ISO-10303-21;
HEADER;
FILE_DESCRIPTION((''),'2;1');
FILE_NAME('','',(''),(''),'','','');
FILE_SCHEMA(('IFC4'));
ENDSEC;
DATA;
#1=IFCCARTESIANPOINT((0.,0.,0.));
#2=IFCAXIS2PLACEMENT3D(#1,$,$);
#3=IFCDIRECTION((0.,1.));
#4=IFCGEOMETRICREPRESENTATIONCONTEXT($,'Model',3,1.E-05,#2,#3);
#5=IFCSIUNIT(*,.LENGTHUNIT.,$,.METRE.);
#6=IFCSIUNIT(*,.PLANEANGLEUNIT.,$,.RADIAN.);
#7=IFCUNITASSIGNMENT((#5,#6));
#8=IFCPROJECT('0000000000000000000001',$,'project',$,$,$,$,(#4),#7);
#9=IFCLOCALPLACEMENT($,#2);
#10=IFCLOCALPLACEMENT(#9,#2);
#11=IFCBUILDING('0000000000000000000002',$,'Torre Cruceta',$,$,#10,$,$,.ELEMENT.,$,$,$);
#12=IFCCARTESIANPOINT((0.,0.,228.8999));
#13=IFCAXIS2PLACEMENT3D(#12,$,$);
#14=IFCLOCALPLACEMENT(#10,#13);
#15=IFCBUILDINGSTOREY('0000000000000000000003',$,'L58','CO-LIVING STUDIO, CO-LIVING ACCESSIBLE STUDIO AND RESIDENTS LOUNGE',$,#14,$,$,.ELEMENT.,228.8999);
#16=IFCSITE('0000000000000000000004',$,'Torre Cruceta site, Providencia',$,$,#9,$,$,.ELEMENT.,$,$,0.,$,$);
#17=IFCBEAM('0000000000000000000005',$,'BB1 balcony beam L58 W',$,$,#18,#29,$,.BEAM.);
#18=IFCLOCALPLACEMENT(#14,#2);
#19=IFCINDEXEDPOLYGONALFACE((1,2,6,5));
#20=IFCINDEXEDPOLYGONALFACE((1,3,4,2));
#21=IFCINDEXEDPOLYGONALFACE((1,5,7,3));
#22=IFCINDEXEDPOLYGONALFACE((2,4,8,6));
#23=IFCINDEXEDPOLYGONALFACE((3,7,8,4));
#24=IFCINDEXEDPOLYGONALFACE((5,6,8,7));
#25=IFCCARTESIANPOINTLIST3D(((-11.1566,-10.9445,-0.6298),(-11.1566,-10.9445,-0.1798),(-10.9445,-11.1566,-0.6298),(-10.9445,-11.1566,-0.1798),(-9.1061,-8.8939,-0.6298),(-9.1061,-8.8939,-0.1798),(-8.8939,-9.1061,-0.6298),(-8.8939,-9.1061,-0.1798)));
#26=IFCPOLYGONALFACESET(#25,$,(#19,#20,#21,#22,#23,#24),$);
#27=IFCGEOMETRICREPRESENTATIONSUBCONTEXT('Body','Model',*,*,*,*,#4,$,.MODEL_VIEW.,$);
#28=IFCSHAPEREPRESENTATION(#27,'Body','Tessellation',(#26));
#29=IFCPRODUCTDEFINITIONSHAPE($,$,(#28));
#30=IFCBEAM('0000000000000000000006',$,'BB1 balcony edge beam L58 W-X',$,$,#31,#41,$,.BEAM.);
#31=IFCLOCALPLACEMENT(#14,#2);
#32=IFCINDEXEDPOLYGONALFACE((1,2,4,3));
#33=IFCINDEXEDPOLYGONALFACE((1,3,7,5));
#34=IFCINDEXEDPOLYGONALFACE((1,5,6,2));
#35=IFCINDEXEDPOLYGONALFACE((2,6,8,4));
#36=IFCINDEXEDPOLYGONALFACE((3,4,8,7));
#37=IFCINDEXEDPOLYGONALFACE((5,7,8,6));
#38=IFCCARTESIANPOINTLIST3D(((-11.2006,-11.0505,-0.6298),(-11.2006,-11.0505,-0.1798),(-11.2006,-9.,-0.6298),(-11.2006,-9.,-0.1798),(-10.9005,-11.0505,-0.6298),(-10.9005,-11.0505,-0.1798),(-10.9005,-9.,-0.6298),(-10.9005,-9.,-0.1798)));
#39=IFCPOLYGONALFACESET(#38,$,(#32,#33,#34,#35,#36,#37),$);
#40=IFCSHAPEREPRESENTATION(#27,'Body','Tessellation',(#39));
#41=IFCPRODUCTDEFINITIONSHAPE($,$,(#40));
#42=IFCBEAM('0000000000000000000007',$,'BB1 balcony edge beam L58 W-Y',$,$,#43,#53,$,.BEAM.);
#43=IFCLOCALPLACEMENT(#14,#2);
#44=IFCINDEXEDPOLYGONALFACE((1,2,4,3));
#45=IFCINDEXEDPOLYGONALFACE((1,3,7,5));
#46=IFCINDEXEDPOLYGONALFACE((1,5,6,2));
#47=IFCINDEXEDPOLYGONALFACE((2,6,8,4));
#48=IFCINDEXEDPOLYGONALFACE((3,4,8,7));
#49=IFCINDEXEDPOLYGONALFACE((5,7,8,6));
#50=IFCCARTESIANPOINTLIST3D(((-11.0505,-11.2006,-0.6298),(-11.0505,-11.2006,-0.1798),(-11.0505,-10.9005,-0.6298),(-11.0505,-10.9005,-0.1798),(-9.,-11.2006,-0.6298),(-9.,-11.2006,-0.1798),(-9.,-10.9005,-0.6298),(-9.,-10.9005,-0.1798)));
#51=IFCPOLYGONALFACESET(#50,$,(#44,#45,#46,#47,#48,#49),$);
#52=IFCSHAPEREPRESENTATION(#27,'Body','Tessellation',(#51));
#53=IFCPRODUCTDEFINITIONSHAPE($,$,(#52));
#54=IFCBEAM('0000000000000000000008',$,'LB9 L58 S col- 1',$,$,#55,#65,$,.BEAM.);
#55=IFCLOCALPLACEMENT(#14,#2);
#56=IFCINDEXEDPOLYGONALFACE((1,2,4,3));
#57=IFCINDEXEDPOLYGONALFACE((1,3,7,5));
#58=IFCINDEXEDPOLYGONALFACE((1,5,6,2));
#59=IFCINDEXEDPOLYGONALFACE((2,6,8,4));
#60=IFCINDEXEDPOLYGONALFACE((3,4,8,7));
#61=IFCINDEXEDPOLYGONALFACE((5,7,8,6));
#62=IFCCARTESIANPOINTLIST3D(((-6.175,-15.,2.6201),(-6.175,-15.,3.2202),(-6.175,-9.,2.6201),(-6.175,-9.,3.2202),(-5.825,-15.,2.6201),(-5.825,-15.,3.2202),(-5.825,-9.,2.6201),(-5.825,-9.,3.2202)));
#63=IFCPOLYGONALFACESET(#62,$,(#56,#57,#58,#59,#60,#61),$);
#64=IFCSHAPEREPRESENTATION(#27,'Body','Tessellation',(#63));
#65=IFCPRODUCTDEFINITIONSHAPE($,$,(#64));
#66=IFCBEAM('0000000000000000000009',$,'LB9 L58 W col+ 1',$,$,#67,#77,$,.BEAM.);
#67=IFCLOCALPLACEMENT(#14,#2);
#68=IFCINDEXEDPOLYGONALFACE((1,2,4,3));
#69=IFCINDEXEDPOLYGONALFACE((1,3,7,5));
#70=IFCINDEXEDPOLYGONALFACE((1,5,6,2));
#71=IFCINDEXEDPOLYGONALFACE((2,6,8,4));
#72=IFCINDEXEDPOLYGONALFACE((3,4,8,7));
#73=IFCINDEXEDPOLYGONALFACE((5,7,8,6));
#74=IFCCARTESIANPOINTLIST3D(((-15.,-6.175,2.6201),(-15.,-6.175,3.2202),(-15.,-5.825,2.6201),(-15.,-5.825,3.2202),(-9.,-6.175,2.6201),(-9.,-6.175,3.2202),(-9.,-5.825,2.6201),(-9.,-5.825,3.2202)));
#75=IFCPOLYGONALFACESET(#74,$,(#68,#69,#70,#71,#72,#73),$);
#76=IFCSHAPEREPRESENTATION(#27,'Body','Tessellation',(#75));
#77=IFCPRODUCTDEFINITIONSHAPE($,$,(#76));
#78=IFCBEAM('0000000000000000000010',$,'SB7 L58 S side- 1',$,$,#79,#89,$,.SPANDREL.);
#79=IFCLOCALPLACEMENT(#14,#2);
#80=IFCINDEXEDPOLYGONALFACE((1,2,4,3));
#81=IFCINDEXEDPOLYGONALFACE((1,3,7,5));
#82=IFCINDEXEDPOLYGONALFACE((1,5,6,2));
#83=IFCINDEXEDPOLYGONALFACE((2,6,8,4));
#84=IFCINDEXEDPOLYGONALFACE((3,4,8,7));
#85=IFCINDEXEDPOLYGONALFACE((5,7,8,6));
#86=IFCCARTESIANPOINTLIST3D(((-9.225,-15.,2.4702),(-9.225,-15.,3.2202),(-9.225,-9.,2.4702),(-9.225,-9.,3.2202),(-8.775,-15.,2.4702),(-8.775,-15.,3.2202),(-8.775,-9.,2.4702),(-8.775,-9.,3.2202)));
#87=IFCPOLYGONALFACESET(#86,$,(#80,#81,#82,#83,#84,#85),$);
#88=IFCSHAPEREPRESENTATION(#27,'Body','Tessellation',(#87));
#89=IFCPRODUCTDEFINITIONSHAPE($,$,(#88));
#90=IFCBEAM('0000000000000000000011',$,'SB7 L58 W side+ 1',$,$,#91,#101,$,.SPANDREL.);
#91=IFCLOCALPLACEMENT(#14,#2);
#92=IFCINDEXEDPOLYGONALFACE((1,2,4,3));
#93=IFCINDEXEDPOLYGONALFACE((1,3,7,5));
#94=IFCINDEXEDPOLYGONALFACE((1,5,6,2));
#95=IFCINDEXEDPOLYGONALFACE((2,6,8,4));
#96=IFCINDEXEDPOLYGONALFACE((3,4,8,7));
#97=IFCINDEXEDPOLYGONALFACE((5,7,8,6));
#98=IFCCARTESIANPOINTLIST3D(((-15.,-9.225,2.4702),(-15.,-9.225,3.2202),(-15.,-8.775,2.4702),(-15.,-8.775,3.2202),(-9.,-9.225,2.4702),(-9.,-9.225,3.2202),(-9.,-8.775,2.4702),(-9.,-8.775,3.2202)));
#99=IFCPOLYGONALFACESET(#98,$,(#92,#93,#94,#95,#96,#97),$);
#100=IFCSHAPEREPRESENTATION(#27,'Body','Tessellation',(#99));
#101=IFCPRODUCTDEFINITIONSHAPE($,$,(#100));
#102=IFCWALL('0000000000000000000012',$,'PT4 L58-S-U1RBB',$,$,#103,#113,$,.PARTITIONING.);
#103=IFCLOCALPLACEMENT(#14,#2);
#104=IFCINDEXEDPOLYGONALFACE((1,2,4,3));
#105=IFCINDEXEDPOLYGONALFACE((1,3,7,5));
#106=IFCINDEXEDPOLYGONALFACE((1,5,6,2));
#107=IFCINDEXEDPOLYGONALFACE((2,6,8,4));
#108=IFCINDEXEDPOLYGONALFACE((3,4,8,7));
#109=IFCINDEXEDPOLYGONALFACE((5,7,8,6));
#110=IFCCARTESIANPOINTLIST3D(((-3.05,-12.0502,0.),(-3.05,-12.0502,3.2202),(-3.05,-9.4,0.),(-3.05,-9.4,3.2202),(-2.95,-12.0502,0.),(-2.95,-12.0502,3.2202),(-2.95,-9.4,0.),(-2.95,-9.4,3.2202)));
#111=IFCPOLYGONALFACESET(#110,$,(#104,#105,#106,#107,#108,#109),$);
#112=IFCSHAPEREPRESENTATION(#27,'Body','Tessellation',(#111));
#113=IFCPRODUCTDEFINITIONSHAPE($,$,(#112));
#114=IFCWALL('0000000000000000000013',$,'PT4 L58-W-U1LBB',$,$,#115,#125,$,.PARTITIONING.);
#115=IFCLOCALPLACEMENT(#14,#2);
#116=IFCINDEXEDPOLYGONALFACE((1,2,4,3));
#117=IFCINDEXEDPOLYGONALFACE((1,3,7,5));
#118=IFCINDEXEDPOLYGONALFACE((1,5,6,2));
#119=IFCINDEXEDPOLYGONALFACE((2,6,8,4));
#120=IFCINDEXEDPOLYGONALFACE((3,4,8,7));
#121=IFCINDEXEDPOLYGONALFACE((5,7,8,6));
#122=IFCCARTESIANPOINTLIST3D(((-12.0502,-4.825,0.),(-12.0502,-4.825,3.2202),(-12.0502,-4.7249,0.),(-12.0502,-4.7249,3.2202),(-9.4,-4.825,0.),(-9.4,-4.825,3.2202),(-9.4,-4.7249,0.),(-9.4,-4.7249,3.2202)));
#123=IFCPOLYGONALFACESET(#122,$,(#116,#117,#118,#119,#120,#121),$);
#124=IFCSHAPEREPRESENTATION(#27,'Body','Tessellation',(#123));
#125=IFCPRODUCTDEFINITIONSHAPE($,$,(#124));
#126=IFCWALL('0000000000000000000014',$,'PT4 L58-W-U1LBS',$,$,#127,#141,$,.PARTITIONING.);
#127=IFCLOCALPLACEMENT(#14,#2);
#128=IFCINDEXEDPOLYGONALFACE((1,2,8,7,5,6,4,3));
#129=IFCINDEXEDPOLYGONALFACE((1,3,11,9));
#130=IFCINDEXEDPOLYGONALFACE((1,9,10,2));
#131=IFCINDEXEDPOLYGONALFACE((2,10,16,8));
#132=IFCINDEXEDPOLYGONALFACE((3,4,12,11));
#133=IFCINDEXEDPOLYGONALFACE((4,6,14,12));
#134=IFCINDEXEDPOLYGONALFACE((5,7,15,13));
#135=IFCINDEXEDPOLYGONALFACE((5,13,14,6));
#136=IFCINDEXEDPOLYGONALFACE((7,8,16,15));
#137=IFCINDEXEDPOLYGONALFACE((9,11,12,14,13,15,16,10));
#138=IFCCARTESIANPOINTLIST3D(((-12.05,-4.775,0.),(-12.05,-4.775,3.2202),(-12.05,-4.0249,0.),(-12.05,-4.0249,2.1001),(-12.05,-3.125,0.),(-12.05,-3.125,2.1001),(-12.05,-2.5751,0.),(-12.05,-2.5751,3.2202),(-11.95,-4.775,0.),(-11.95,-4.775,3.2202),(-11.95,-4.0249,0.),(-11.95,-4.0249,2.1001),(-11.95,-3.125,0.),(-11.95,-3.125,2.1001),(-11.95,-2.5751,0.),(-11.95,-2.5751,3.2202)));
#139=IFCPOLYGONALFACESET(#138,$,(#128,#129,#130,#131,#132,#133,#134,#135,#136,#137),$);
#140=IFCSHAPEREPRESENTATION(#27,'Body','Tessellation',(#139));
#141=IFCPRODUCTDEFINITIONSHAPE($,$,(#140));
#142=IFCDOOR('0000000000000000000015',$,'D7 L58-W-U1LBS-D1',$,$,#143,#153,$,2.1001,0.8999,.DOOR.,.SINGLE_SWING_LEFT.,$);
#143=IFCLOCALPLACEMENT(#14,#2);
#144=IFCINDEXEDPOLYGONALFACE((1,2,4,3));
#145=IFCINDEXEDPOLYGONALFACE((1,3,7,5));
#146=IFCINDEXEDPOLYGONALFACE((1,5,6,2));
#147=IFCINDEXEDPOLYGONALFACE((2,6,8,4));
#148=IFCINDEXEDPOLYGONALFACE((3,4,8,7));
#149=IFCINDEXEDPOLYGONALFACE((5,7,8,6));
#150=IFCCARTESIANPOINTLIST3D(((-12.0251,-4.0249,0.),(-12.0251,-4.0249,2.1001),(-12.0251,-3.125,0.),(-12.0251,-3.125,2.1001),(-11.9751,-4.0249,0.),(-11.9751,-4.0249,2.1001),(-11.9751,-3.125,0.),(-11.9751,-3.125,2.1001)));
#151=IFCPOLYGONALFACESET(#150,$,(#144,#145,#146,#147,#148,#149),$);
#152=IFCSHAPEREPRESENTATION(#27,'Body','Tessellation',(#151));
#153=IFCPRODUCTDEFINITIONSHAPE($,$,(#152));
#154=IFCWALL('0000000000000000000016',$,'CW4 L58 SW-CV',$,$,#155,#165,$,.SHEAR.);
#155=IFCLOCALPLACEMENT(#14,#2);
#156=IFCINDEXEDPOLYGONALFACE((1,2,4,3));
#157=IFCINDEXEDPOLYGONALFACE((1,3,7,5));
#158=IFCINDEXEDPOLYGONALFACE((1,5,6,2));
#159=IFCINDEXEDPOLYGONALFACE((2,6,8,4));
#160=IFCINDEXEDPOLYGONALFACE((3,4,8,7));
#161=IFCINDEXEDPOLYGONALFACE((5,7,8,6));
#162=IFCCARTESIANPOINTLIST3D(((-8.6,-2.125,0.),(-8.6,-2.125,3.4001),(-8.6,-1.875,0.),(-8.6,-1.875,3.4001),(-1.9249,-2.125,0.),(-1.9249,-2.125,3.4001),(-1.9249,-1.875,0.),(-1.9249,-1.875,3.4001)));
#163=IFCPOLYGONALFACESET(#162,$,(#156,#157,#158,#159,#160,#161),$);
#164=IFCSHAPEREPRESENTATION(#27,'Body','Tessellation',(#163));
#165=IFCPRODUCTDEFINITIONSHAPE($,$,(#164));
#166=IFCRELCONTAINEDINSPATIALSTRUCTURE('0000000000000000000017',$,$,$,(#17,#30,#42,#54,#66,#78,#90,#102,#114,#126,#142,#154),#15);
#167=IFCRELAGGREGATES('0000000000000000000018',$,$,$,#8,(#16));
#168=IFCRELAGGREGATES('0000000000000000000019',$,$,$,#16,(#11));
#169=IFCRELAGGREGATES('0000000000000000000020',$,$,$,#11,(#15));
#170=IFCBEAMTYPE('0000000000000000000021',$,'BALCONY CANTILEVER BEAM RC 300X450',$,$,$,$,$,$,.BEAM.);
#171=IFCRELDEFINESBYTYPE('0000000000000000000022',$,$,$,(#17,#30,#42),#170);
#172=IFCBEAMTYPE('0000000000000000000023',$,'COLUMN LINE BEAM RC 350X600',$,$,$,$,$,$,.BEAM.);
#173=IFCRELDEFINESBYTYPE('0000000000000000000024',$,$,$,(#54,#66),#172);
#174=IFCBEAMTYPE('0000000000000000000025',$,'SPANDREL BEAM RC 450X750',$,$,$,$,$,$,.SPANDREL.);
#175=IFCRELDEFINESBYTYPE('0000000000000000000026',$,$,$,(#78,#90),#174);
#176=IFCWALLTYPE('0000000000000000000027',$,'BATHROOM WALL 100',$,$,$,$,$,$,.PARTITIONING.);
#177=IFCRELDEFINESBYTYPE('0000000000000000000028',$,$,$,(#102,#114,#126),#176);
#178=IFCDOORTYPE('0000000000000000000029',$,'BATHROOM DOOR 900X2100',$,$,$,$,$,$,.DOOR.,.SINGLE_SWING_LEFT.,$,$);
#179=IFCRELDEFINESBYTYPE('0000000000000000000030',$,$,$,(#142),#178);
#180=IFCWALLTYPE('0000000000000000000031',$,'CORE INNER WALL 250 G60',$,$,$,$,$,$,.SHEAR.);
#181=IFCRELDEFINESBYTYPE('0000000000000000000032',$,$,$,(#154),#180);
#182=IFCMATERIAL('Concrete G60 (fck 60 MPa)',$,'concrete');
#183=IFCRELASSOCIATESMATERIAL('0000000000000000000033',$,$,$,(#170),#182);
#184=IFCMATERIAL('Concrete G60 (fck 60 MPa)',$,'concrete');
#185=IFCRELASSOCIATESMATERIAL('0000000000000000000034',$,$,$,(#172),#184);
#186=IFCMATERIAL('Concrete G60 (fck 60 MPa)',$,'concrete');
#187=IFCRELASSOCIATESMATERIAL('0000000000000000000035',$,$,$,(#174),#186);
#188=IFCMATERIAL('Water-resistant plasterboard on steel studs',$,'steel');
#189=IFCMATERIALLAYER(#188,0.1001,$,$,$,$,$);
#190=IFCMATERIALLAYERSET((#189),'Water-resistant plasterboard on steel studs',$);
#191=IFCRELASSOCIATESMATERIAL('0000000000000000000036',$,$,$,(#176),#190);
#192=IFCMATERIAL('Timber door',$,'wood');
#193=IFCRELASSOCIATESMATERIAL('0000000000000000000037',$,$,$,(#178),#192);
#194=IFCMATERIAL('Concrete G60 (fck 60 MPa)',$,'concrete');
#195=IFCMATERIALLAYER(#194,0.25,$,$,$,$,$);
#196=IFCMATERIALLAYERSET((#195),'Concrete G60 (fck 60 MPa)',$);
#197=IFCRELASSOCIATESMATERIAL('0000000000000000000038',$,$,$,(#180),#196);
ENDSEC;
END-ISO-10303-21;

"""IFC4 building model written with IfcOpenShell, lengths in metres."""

from ifc_helpers import new_model, si_unit, direction, frame, frame_2d, origin, origin_2d, place, context, subcontext, project, spatial, rectangle, extrude, material, layer, layer_set, material_profile, profile_set, type_object, element, fill, save


model = new_model("IFC4")

# Units and contexts
model_context = context("Model", 3, precision=1e-05, world=origin(), true_north=direction((0.0, 1.0)))
body_context = subcontext(model_context, "Body", "Model", "MODEL_VIEW")
ifc_project = project(units=[si_unit("LENGTHUNIT", "METRE"), si_unit("PLANEANGLEUNIT", "RADIAN")], contexts=[model_context])

# Site, building, storey
site_placement = place(None, origin())
site = spatial("IfcSite", under=ifc_project, at=site_placement, Name="Torre Cruceta site, Providencia", CompositionType="ELEMENT", RefElevation=0.0)
building_placement = place(site_placement, origin())
building = spatial("IfcBuilding", under=site, at=building_placement, Name="Torre Cruceta", CompositionType="ELEMENT")
storey_placement = place(building_placement, frame((0.0, 0.0, 228.8999)))
storey = spatial("IfcBuildingStorey", under=building, at=storey_placement, Name="L58", Description="CO-LIVING STUDIO, CO-LIVING ACCESSIBLE STUDIO AND RESIDENTS LOUNGE", CompositionType="ELEMENT", Elevation=228.8999)

# Beams
ifc_material_1 = material(Name="Concrete G60 (fck 60 MPa)", Category="concrete")
ifc_material_profile_1 = material_profile(ifc_material_1, rectangle(XDim=0.3, YDim=0.45, at=origin_2d()), Name="RC 300X450")
ifc_profile_set_1 = profile_set([ifc_material_profile_1], Name="Concrete G60 (fck 60 MPa)")
beam_type_1 = type_object("IfcBeamType", Name="BALCONY CANTILEVER BEAM RC 300X450", PredefinedType="BEAM", material=ifc_profile_set_1)
beam_placement = place(storey_placement, frame((-9.0, -9.0, -0.4048), z_axis=(-0.707107, -0.707107, 0.0), x_axis=(0.707107, -0.707107, 0.0)))
element("IfcBeam", 1, at=beam_placement, inside=storey, type_object=beam_type_1, Name="BB1 balcony beam L58 W", PredefinedType="BEAM", context=body_context, shape_type="SweptSolid", body=[
    extrude(rectangle(XDim=0.3, YDim=0.45, at=origin_2d()), origin(), (0.0, 0.0, 1.0), 2.8999),
])
for number, where, z_axis, x_axis, name in (
    (2, (-11.0505, -9.0, -0.4048), (0.0, -1.0, 0.0), (1.0, 0.0, 0.0), "BB1 balcony edge beam L58 W-X"),
    (3, (-9.0, -11.0505, -0.4048), (-1.0, 0.0, 0.0), (0.0, -1.0, 0.0), "BB1 balcony edge beam L58 W-Y"),
):
    element("IfcBeam", number, at=place(storey_placement, frame(where, z_axis=z_axis, x_axis=x_axis)), inside=storey, type_object=beam_type_1, Name=name, PredefinedType="BEAM", context=body_context, shape_type="SweptSolid", body=[
        extrude(rectangle(XDim=0.3, YDim=0.45, at=origin_2d()), origin(), (0.0, 0.0, 1.0), 2.0505),
    ])
ifc_material_2 = material(Name="Concrete G60 (fck 60 MPa)", Category="concrete")
ifc_material_profile_2 = material_profile(ifc_material_2, rectangle(XDim=0.3501, YDim=0.6001, at=origin_2d()), Name="RC 350X600")
ifc_profile_set_2 = profile_set([ifc_material_profile_2], Name="Concrete G60 (fck 60 MPa)")
beam_type_2 = type_object("IfcBeamType", Name="COLUMN LINE BEAM RC 350X600", PredefinedType="BEAM", material=ifc_profile_set_2)
for number, where, z_axis, x_axis, name in (
    (4, (-6.0, -9.0, 2.9202), (0.0, -1.0, 0.0), (1.0, 0.0, 0.0), "LB9 L58 S col- 1"),
    (5, (-9.0, -6.0, 2.9202), (-1.0, 0.0, 0.0), (0.0, -1.0, 0.0), "LB9 L58 W col+ 1"),
):
    element("IfcBeam", number, at=place(storey_placement, frame(where, z_axis=z_axis, x_axis=x_axis)), inside=storey, type_object=beam_type_2, Name=name, PredefinedType="BEAM", context=body_context, shape_type="SweptSolid", body=[
        extrude(rectangle(XDim=0.3501, YDim=0.6001, at=origin_2d()), origin(), (0.0, 0.0, 1.0), 6.0),
    ])
ifc_material_3 = material(Name="Concrete G60 (fck 60 MPa)", Category="concrete")
ifc_material_profile_3 = material_profile(ifc_material_3, rectangle(XDim=0.45, YDim=0.75, at=origin_2d()), Name="RC 450X750")
ifc_profile_set_3 = profile_set([ifc_material_profile_3], Name="Concrete G60 (fck 60 MPa)")
beam_type_3 = type_object("IfcBeamType", Name="SPANDREL BEAM RC 450X750", PredefinedType="SPANDREL", material=ifc_profile_set_3)
for number, where, z_axis, x_axis, name in (
    (6, (-9.0, -9.0, 2.8452), (0.0, -1.0, 0.0), (1.0, 0.0, 0.0), "SB7 L58 S side- 1"),
    (7, (-9.0, -9.0, 2.8452), (-1.0, 0.0, 0.0), (0.0, -1.0, 0.0), "SB7 L58 W side+ 1"),
):
    element("IfcBeam", number, at=place(storey_placement, frame(where, z_axis=z_axis, x_axis=x_axis)), inside=storey, type_object=beam_type_3, Name=name, PredefinedType="SPANDREL", context=body_context, shape_type="SweptSolid", body=[
        extrude(rectangle(XDim=0.45, YDim=0.75, at=origin_2d()), origin(), (0.0, 0.0, 1.0), 6.0),
    ])

# Walls
ifc_material_4 = material(Name="Water-resistant plasterboard on steel studs", Category="steel")
ifc_layer_1 = layer(ifc_material_4, 0.1001)
ifc_layer_set_1 = layer_set([ifc_layer_1], Name="Water-resistant plasterboard on steel studs")
wall_type_1 = type_object("IfcWallType", Name="BATHROOM WALL 100", PredefinedType="PARTITIONING", material=ifc_layer_set_1)
for number, where, z_axis, x_axis, name in (
    (8, (-3.0, -9.3999, 0.0), (0.0, 0.0, 1.0), (0.0, -1.0, 0.0), "PT4 L58-S-U1RBB"),
    (9, (-9.3999, -4.7749, 0.0), (0.0, 0.0, 1.0), (-1.0, 0.0, 0.0), "PT4 L58-W-U1LBB"),
):
    element("IfcWall", number, at=place(storey_placement, frame(where, z_axis=z_axis, x_axis=x_axis)), inside=storey, type_object=wall_type_1, Name=name, PredefinedType="PARTITIONING", context=body_context, shape_type="SweptSolid", body=[
        extrude(rectangle(XDim=2.6501, YDim=0.1001, at=frame_2d((1.3252, 0.0))), origin(), (0.0, 0.0, 1.0), 3.2202),
    ])

# Wall, opening, door
wall_1_placement = place(storey_placement, frame((-12.0, -2.575, 0.0), z_axis=(0.0, 0.0, 1.0), x_axis=(0.0, -1.0, 0.0)))
wall_1 = element("IfcWall", 10, at=wall_1_placement, inside=storey, type_object=wall_type_1, Name="PT4 L58-W-U1LBS", PredefinedType="PARTITIONING", context=body_context, shape_type="SweptSolid", body=[
    extrude(rectangle(XDim=2.2, YDim=0.1001, at=frame_2d((1.1001, 0.0))), origin(), (0.0, 0.0, 1.0), 3.2202),
])
opening_1_placement = place(wall_1_placement, frame((0.55, 0.0, 0.0)))
opening_1 = element("IfcOpeningElement", 11, at=opening_1_placement, cuts=wall_1, PredefinedType="OPENING", context=body_context, shape_type="SweptSolid", body=[
    extrude(rectangle(XDim=0.8999, YDim=2.1001, at=frame_2d((0.45, 1.05))), frame((0.0, 0.0601, 0.0), z_axis=(0.0, -1.0, 0.0), x_axis=(1.0, 0.0, 0.0)), (0.0, 0.0, 1.0), 0.1201),
])
ifc_material_5 = material(Name="Timber door", Category="wood")
door_type_1 = type_object("IfcDoorType", Name="BATHROOM DOOR 900X2100", OperationType="SINGLE_SWING_LEFT", PredefinedType="DOOR", material=ifc_material_5)
door_1_placement = place(opening_1_placement, origin())
door_1 = element("IfcDoor", 12, at=door_1_placement, inside=storey, type_object=door_type_1, Name="D7 L58-W-U1LBS-D1", OperationType="SINGLE_SWING_LEFT", OverallHeight=2.1001, OverallWidth=0.8999, PredefinedType="DOOR", context=body_context, shape_type="SweptSolid", body=[
    extrude(rectangle(XDim=0.8999, YDim=2.1001, at=frame_2d((0.45, 1.05))), frame((0.0, 0.0249, 0.0), z_axis=(0.0, -1.0, 0.0), x_axis=(1.0, 0.0, 0.0)), (0.0, 0.0, 1.0), 0.05),
])
fill(opening_1, door_1)

# Wall
ifc_material_6 = material(Name="Concrete G60 (fck 60 MPa)", Category="concrete")
ifc_layer_2 = layer(ifc_material_6, 0.25)
ifc_layer_set_2 = layer_set([ifc_layer_2], Name="Concrete G60 (fck 60 MPa)")
wall_type_2 = type_object("IfcWallType", Name="CORE INNER WALL 250 G60", PredefinedType="SHEAR", material=ifc_layer_set_2)
wall_2_placement = place(storey_placement, frame((-1.925, -2.0, 0.0), z_axis=(0.0, 0.0, 1.0), x_axis=(-1.0, 0.0, 0.0)))
element("IfcWall", 13, at=wall_2_placement, inside=storey, type_object=wall_type_2, Name="CW4 L58 SW-CV", PredefinedType="SHEAR", context=body_context, shape_type="SweptSolid", body=[
    extrude(rectangle(XDim=6.675, YDim=0.25, at=frame_2d((3.3374, 0.0))), origin(), (0.0, 0.0, 1.0), 3.4001),
])

save(model, "model.ifc")
